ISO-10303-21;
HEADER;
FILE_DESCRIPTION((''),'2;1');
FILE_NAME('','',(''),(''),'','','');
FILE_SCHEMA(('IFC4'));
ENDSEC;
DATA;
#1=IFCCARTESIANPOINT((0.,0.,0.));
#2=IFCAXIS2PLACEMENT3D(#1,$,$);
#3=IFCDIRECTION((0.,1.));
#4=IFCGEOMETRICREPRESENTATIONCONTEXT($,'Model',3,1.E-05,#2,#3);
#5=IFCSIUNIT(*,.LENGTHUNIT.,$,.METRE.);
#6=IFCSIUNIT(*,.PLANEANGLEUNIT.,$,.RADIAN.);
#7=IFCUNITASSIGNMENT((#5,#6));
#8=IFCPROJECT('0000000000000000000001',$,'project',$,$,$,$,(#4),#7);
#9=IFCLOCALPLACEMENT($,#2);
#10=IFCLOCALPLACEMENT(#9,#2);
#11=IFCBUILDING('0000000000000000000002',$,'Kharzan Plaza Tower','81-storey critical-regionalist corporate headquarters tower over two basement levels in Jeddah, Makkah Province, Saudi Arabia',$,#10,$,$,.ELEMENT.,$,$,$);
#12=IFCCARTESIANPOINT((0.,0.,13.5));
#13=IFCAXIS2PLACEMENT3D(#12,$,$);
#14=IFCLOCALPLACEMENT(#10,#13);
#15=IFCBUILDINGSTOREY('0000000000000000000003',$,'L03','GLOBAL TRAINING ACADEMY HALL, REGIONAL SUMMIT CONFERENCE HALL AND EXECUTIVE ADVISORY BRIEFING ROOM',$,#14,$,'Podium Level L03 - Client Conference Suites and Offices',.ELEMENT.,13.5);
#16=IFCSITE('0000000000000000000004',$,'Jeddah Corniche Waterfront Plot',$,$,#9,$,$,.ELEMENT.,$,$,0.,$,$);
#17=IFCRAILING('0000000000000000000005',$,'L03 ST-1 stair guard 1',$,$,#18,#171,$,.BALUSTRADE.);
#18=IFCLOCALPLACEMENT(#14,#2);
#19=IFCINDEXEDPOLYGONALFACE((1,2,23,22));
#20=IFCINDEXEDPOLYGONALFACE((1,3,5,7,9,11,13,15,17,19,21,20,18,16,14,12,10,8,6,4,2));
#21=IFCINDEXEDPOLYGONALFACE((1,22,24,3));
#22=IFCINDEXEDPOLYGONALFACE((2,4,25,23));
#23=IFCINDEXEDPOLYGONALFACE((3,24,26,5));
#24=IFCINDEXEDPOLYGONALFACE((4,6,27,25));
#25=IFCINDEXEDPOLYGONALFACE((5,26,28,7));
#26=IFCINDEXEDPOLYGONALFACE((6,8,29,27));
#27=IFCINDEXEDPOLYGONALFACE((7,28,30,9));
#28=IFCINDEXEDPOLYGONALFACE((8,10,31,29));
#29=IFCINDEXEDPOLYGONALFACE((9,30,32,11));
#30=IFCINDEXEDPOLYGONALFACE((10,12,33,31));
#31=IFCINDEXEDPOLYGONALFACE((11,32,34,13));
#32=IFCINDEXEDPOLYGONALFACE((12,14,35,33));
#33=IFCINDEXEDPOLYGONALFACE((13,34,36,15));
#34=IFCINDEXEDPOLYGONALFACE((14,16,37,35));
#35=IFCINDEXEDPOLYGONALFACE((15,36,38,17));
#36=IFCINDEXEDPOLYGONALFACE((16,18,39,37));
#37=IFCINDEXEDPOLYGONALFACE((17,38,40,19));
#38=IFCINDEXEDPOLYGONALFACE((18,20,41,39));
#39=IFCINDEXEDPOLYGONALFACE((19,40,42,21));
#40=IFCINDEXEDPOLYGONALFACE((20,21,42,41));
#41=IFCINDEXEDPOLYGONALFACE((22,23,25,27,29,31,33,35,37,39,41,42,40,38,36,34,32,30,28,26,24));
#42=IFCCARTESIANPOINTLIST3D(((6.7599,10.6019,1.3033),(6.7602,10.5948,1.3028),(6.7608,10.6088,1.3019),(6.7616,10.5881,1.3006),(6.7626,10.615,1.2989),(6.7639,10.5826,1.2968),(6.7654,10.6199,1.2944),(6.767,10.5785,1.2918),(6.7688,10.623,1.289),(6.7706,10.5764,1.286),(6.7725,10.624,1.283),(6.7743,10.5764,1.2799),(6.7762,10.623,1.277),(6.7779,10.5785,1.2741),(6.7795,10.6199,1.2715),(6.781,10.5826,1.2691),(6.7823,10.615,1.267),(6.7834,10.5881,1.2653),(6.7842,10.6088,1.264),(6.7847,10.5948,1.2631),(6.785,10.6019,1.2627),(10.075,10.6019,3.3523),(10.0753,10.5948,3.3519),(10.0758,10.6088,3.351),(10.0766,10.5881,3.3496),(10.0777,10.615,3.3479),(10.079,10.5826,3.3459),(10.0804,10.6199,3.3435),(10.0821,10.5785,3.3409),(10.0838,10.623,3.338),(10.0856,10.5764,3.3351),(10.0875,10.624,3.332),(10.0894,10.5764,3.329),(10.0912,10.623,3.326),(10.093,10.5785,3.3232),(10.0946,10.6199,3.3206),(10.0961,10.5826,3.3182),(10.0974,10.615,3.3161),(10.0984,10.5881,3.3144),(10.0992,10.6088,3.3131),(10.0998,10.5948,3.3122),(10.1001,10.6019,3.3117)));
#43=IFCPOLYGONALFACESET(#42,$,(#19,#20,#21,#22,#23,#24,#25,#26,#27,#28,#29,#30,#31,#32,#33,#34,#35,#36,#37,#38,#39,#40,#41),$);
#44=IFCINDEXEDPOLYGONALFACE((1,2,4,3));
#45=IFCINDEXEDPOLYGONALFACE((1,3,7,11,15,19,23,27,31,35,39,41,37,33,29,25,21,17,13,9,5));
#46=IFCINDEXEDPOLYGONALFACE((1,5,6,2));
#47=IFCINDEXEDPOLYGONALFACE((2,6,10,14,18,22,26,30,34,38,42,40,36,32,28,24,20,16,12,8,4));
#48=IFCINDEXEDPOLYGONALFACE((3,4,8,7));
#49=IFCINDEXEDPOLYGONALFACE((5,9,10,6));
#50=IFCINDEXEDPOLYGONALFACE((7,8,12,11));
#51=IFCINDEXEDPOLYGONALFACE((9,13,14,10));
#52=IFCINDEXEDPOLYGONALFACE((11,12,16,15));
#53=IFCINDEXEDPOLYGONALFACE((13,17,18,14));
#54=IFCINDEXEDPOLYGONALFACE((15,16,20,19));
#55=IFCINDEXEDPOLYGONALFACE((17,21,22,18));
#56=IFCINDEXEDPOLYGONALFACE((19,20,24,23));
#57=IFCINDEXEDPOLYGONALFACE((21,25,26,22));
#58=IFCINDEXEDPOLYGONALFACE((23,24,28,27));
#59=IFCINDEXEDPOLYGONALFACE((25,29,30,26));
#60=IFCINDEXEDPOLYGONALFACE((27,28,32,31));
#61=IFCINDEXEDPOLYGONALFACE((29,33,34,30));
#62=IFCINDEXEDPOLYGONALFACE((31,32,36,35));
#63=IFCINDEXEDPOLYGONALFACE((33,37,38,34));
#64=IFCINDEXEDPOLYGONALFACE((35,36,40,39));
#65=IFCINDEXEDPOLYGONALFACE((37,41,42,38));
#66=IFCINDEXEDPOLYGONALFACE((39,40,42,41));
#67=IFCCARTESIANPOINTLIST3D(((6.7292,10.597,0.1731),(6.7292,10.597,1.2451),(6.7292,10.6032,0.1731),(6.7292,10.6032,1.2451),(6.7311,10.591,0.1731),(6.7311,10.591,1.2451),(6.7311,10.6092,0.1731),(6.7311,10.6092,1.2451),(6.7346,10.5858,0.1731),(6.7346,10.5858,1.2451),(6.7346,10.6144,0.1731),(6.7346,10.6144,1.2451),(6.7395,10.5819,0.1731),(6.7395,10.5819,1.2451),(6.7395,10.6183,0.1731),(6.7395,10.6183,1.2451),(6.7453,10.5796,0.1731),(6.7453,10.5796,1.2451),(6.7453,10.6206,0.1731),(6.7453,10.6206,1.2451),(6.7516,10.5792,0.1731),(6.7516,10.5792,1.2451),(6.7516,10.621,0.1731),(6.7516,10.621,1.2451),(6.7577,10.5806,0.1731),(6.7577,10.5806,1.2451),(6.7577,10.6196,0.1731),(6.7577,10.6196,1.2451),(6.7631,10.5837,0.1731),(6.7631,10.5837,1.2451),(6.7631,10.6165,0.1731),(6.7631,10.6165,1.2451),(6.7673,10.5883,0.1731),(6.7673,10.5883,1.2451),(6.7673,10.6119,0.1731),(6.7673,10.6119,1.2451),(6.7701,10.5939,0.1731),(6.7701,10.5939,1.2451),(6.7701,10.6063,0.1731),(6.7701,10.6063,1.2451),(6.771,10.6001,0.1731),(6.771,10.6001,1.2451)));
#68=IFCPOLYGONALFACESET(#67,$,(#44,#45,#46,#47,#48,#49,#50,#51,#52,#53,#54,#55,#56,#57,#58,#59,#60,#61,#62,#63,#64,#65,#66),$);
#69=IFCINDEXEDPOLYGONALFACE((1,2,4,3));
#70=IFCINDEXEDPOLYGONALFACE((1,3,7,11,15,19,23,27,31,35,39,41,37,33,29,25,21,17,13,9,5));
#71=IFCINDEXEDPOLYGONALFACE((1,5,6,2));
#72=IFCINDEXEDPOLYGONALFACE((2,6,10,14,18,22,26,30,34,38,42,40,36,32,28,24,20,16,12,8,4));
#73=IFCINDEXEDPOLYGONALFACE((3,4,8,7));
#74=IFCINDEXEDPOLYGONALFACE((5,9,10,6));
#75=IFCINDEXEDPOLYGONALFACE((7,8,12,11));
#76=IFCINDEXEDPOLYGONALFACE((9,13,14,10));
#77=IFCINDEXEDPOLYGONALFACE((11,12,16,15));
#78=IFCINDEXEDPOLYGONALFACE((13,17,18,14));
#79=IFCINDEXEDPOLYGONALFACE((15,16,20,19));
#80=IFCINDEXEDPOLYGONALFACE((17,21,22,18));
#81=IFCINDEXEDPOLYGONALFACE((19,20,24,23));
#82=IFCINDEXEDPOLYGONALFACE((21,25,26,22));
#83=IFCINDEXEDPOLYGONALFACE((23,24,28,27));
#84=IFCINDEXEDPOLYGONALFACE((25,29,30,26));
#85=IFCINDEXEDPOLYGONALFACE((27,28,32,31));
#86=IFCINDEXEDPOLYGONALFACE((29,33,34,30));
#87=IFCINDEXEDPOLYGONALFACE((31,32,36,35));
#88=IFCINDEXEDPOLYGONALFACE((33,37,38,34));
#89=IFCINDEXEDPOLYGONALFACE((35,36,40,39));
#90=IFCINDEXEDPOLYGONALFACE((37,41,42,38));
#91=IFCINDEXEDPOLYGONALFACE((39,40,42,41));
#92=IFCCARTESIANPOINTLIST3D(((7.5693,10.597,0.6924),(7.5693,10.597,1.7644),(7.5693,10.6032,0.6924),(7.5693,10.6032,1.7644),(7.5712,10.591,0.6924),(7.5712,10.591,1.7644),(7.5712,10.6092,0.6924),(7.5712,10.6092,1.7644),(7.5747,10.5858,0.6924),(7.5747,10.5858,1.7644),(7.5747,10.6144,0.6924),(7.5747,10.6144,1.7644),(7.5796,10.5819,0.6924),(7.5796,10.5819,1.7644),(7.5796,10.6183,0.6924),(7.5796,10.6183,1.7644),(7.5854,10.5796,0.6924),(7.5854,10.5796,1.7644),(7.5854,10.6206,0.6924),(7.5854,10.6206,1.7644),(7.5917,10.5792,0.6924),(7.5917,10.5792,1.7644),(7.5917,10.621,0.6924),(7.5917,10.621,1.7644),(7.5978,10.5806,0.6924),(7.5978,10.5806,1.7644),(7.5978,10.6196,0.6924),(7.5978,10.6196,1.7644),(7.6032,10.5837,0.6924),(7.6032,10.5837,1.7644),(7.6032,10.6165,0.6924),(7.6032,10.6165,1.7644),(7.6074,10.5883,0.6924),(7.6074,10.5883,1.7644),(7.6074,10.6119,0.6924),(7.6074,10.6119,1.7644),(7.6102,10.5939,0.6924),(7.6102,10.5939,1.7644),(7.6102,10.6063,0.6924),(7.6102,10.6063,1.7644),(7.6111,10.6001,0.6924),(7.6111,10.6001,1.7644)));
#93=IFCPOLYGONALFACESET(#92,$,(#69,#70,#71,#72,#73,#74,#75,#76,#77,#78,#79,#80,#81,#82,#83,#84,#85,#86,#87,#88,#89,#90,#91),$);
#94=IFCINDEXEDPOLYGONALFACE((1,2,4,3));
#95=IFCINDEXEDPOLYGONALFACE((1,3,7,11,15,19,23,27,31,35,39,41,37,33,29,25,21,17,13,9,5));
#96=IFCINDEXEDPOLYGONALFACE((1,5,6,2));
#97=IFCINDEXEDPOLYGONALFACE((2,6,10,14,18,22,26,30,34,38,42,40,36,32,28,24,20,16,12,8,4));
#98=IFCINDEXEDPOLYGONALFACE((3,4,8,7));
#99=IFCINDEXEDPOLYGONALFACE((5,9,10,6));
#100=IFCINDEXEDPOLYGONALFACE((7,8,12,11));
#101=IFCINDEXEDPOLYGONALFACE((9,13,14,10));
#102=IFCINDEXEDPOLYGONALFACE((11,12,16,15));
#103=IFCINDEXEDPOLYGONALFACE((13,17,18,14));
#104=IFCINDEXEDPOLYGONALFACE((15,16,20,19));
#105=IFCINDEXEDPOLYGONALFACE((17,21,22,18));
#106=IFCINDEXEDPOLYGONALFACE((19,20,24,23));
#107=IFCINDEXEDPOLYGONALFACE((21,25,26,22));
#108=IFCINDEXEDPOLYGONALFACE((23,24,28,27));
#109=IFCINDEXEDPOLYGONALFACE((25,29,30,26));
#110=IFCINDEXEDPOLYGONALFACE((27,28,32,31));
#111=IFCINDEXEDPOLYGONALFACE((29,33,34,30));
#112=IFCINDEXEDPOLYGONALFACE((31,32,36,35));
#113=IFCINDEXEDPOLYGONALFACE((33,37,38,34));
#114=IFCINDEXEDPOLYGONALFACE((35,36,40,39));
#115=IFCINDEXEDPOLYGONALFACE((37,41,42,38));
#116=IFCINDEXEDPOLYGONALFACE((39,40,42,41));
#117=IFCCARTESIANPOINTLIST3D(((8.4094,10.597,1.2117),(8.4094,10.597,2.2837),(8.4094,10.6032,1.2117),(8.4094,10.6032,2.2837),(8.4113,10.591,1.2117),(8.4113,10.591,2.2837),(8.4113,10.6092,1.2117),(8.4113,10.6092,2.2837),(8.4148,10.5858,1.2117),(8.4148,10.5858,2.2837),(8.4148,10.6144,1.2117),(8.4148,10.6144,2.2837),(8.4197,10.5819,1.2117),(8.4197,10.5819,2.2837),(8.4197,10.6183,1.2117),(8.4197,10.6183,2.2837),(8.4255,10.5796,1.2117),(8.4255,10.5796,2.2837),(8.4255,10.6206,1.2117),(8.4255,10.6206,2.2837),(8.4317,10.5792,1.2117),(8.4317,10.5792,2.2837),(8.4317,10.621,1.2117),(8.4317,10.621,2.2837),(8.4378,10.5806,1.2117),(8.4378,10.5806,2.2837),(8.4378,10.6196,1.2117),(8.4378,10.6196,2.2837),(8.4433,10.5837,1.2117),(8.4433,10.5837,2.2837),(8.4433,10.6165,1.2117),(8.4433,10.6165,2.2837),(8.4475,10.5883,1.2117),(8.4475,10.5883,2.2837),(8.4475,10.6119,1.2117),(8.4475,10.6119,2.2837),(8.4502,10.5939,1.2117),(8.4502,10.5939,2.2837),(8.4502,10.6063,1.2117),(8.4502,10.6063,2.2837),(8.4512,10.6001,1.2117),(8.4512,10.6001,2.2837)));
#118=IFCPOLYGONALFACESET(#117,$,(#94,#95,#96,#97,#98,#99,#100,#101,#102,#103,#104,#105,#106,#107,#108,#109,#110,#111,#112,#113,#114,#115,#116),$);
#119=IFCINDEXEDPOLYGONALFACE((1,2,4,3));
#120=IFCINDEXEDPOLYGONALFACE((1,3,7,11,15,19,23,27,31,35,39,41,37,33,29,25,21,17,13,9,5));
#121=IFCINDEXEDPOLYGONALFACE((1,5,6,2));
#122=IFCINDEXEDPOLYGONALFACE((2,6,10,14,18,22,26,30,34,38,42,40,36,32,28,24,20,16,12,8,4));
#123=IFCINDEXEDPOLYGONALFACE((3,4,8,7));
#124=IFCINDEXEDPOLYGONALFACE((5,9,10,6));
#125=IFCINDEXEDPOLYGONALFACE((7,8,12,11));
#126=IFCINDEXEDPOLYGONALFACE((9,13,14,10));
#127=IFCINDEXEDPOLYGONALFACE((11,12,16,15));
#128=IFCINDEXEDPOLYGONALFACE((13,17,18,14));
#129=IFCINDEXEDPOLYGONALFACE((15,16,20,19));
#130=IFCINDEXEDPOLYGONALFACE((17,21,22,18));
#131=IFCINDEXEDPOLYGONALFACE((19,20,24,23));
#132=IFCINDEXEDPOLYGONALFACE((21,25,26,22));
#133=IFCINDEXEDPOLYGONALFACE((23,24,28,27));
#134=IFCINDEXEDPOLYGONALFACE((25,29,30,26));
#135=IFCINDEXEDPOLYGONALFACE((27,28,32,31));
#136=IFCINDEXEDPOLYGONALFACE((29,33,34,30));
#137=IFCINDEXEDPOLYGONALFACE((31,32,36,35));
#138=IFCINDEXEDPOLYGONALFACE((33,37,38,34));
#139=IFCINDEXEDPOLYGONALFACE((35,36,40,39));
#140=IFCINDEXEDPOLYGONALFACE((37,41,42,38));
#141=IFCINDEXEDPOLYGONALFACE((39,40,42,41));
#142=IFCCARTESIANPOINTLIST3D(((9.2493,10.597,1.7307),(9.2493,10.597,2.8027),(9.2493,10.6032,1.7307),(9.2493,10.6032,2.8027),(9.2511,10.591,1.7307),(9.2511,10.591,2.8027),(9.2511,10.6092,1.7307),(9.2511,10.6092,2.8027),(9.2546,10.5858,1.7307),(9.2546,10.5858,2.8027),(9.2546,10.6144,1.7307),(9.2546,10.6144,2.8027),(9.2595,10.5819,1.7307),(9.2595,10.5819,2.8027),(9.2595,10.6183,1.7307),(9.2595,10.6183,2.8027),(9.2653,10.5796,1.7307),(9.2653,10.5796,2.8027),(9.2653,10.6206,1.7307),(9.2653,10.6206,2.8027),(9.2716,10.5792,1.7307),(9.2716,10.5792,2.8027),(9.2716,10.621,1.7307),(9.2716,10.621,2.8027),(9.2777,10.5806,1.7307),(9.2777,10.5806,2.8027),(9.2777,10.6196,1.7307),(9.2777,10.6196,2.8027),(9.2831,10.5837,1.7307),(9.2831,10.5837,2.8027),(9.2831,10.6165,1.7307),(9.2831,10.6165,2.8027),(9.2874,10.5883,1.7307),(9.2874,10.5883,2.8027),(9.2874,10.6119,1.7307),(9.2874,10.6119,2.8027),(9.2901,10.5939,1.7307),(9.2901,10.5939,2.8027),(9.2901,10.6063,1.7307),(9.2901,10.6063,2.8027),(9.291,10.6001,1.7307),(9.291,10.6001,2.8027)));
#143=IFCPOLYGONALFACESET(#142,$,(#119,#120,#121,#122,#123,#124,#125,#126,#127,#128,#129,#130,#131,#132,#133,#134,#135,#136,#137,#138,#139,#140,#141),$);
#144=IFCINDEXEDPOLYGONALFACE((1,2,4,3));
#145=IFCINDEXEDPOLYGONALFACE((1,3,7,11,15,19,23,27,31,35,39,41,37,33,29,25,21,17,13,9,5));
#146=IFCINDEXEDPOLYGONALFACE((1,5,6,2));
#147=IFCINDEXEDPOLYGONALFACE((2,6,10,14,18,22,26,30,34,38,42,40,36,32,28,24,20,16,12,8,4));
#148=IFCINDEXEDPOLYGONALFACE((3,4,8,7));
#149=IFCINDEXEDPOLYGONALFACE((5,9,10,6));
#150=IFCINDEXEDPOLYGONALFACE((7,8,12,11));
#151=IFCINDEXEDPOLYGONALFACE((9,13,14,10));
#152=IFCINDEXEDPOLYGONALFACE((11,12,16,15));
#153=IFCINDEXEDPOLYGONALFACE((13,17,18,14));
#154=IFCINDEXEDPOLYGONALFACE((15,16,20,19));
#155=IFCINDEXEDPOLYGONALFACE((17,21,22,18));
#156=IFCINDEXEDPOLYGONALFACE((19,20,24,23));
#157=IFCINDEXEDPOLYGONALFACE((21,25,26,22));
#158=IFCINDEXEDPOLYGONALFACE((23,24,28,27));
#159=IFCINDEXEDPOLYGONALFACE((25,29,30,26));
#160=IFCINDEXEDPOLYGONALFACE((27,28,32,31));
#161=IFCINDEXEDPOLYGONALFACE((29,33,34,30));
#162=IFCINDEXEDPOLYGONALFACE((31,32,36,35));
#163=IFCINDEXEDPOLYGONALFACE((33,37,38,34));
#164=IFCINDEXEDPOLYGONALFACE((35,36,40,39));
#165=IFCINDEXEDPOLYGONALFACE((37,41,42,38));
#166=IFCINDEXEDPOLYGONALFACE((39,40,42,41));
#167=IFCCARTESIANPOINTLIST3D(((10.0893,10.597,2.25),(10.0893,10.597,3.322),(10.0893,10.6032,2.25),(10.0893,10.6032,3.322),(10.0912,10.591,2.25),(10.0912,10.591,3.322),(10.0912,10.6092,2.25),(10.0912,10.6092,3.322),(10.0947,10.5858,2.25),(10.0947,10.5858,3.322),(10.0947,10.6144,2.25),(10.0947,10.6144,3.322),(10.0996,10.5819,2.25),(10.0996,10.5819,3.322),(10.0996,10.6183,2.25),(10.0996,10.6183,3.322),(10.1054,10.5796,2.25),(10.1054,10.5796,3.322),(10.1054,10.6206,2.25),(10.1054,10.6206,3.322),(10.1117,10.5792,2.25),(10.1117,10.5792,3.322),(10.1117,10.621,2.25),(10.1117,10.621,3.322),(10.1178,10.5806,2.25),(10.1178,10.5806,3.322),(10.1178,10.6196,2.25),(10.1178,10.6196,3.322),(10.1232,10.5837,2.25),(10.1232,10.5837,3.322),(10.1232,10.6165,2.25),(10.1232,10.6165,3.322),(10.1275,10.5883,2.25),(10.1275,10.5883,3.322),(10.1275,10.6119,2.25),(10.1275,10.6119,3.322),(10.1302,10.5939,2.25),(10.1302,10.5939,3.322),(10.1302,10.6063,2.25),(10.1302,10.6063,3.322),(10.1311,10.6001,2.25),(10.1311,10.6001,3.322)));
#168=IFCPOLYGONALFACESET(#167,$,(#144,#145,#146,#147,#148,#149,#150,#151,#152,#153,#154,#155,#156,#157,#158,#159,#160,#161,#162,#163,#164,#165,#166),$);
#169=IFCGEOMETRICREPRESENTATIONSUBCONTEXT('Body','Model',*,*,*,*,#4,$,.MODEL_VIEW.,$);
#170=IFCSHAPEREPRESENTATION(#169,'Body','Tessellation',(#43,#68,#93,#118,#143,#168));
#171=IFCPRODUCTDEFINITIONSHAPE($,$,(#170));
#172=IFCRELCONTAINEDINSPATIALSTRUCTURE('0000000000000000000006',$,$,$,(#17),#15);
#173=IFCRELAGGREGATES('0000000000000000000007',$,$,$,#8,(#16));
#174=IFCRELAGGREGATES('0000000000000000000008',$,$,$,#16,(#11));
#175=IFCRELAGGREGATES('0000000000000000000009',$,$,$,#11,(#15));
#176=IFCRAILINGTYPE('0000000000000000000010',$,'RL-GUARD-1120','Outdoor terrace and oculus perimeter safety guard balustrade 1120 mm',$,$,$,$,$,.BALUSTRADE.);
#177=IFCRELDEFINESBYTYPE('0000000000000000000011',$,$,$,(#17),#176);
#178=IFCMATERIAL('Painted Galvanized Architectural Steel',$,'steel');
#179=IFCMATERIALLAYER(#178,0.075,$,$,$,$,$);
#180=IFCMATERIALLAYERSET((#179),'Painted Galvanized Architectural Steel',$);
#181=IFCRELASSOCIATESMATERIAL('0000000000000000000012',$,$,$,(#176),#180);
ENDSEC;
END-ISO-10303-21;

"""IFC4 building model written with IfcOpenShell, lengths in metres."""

from ifc_helpers import new_model, si_unit, direction, frame, origin, origin_2d, place, context, subcontext, project, spatial, circle, extrude, source, transform, mapped, material, layer, layer_set, type_object, element, save


model = new_model("IFC4")

# Units and contexts
model_context = context("Model", 3, precision=1e-05, world=origin(), true_north=direction((0.0, 1.0)))
body_context = subcontext(model_context, "Body", "Model", "MODEL_VIEW")
ifc_project = project(units=[si_unit("LENGTHUNIT", "METRE"), si_unit("PLANEANGLEUNIT", "RADIAN")], contexts=[model_context])

# Site, building, storey
site_placement = place(None, origin())
site = spatial("IfcSite", under=ifc_project, at=site_placement, Name="Jeddah Corniche Waterfront Plot", CompositionType="ELEMENT", RefElevation=0.0)
building_placement = place(site_placement, origin())
building = spatial("IfcBuilding", under=site, at=building_placement, Name="Kharzan Plaza Tower", Description="81-storey critical-regionalist corporate headquarters tower over two basement levels in Jeddah, Makkah Province, Saudi Arabia", CompositionType="ELEMENT")
storey_placement = place(building_placement, frame((0.0, 0.0, 13.5)))
storey = spatial("IfcBuildingStorey", under=building, at=storey_placement, Name="L03", Description="GLOBAL TRAINING ACADEMY HALL, REGIONAL SUMMIT CONFERENCE HALL AND EXECUTIVE ADVISORY BRIEFING ROOM", LongName="Podium Level L03 - Client Conference Suites and Offices", CompositionType="ELEMENT", Elevation=13.5)

# Railing
ifc_material_1 = material(Name="Painted Galvanized Architectural Steel", Category="steel")
ifc_layer_1 = layer(ifc_material_1, 0.075)
ifc_layer_set_1 = layer_set([ifc_layer_1], Name="Painted Galvanized Architectural Steel")
railing_type_1 = type_object("IfcRailingType", Name="RL-GUARD-1120", Description="Outdoor terrace and oculus perimeter safety guard balustrade 1120 mm", PredefinedType="BALUSTRADE", material=ifc_layer_set_1)
shared_shape_1 = source(origin(), body_context, "Body", "SweptSolid", [
    extrude(circle(Radius=0.0239, at=origin_2d()), frame((0.0225, 0.0, 1.1099), z_axis=(0.850623, 0.0, 0.525776), x_axis=(0.0, 1.0, 0.0)), (0.0, 0.0, 1.0), 3.8972),
    extrude(circle(Radius=0.021, at=origin_2d()), origin(), (0.0, 0.0, 1.0), 1.072),
    extrude(circle(Radius=0.021, at=origin_2d()), frame((0.8401, 0.0, 0.5193)), (0.0, 0.0, 1.0), 1.072),
    extrude(circle(Radius=0.021, at=origin_2d()), frame((1.6802, 0.0, 1.0386)), (0.0, 0.0, 1.0), 1.072),
    extrude(circle(Radius=0.021, at=origin_2d()), frame((2.52, 0.0, 1.5576)), (0.0, 0.0, 1.0), 1.072),
    extrude(circle(Radius=0.021, at=origin_2d()), frame((3.3601, 0.0, 2.0769)), (0.0, 0.0, 1.0), 1.072),
])
railing_1_placement = place(storey_placement, frame((6.75, 10.6001, 0.1731)))
element("IfcRailing", 1, at=railing_1_placement, inside=storey, type_object=railing_type_1, Name="L03 ST-1 stair guard 1", PredefinedType="BALUSTRADE", context=body_context, shape_type="MappedRepresentation", body=[
    mapped(shared_shape_1, transform((0.0, 0.0, 0.0), x_axis=(1.0, 0.0, 0.0), y_axis=(0.0, 1.0, 0.0), z_axis=(0.0, 0.0, 1.0))),
])

save(model, "model.ifc")
